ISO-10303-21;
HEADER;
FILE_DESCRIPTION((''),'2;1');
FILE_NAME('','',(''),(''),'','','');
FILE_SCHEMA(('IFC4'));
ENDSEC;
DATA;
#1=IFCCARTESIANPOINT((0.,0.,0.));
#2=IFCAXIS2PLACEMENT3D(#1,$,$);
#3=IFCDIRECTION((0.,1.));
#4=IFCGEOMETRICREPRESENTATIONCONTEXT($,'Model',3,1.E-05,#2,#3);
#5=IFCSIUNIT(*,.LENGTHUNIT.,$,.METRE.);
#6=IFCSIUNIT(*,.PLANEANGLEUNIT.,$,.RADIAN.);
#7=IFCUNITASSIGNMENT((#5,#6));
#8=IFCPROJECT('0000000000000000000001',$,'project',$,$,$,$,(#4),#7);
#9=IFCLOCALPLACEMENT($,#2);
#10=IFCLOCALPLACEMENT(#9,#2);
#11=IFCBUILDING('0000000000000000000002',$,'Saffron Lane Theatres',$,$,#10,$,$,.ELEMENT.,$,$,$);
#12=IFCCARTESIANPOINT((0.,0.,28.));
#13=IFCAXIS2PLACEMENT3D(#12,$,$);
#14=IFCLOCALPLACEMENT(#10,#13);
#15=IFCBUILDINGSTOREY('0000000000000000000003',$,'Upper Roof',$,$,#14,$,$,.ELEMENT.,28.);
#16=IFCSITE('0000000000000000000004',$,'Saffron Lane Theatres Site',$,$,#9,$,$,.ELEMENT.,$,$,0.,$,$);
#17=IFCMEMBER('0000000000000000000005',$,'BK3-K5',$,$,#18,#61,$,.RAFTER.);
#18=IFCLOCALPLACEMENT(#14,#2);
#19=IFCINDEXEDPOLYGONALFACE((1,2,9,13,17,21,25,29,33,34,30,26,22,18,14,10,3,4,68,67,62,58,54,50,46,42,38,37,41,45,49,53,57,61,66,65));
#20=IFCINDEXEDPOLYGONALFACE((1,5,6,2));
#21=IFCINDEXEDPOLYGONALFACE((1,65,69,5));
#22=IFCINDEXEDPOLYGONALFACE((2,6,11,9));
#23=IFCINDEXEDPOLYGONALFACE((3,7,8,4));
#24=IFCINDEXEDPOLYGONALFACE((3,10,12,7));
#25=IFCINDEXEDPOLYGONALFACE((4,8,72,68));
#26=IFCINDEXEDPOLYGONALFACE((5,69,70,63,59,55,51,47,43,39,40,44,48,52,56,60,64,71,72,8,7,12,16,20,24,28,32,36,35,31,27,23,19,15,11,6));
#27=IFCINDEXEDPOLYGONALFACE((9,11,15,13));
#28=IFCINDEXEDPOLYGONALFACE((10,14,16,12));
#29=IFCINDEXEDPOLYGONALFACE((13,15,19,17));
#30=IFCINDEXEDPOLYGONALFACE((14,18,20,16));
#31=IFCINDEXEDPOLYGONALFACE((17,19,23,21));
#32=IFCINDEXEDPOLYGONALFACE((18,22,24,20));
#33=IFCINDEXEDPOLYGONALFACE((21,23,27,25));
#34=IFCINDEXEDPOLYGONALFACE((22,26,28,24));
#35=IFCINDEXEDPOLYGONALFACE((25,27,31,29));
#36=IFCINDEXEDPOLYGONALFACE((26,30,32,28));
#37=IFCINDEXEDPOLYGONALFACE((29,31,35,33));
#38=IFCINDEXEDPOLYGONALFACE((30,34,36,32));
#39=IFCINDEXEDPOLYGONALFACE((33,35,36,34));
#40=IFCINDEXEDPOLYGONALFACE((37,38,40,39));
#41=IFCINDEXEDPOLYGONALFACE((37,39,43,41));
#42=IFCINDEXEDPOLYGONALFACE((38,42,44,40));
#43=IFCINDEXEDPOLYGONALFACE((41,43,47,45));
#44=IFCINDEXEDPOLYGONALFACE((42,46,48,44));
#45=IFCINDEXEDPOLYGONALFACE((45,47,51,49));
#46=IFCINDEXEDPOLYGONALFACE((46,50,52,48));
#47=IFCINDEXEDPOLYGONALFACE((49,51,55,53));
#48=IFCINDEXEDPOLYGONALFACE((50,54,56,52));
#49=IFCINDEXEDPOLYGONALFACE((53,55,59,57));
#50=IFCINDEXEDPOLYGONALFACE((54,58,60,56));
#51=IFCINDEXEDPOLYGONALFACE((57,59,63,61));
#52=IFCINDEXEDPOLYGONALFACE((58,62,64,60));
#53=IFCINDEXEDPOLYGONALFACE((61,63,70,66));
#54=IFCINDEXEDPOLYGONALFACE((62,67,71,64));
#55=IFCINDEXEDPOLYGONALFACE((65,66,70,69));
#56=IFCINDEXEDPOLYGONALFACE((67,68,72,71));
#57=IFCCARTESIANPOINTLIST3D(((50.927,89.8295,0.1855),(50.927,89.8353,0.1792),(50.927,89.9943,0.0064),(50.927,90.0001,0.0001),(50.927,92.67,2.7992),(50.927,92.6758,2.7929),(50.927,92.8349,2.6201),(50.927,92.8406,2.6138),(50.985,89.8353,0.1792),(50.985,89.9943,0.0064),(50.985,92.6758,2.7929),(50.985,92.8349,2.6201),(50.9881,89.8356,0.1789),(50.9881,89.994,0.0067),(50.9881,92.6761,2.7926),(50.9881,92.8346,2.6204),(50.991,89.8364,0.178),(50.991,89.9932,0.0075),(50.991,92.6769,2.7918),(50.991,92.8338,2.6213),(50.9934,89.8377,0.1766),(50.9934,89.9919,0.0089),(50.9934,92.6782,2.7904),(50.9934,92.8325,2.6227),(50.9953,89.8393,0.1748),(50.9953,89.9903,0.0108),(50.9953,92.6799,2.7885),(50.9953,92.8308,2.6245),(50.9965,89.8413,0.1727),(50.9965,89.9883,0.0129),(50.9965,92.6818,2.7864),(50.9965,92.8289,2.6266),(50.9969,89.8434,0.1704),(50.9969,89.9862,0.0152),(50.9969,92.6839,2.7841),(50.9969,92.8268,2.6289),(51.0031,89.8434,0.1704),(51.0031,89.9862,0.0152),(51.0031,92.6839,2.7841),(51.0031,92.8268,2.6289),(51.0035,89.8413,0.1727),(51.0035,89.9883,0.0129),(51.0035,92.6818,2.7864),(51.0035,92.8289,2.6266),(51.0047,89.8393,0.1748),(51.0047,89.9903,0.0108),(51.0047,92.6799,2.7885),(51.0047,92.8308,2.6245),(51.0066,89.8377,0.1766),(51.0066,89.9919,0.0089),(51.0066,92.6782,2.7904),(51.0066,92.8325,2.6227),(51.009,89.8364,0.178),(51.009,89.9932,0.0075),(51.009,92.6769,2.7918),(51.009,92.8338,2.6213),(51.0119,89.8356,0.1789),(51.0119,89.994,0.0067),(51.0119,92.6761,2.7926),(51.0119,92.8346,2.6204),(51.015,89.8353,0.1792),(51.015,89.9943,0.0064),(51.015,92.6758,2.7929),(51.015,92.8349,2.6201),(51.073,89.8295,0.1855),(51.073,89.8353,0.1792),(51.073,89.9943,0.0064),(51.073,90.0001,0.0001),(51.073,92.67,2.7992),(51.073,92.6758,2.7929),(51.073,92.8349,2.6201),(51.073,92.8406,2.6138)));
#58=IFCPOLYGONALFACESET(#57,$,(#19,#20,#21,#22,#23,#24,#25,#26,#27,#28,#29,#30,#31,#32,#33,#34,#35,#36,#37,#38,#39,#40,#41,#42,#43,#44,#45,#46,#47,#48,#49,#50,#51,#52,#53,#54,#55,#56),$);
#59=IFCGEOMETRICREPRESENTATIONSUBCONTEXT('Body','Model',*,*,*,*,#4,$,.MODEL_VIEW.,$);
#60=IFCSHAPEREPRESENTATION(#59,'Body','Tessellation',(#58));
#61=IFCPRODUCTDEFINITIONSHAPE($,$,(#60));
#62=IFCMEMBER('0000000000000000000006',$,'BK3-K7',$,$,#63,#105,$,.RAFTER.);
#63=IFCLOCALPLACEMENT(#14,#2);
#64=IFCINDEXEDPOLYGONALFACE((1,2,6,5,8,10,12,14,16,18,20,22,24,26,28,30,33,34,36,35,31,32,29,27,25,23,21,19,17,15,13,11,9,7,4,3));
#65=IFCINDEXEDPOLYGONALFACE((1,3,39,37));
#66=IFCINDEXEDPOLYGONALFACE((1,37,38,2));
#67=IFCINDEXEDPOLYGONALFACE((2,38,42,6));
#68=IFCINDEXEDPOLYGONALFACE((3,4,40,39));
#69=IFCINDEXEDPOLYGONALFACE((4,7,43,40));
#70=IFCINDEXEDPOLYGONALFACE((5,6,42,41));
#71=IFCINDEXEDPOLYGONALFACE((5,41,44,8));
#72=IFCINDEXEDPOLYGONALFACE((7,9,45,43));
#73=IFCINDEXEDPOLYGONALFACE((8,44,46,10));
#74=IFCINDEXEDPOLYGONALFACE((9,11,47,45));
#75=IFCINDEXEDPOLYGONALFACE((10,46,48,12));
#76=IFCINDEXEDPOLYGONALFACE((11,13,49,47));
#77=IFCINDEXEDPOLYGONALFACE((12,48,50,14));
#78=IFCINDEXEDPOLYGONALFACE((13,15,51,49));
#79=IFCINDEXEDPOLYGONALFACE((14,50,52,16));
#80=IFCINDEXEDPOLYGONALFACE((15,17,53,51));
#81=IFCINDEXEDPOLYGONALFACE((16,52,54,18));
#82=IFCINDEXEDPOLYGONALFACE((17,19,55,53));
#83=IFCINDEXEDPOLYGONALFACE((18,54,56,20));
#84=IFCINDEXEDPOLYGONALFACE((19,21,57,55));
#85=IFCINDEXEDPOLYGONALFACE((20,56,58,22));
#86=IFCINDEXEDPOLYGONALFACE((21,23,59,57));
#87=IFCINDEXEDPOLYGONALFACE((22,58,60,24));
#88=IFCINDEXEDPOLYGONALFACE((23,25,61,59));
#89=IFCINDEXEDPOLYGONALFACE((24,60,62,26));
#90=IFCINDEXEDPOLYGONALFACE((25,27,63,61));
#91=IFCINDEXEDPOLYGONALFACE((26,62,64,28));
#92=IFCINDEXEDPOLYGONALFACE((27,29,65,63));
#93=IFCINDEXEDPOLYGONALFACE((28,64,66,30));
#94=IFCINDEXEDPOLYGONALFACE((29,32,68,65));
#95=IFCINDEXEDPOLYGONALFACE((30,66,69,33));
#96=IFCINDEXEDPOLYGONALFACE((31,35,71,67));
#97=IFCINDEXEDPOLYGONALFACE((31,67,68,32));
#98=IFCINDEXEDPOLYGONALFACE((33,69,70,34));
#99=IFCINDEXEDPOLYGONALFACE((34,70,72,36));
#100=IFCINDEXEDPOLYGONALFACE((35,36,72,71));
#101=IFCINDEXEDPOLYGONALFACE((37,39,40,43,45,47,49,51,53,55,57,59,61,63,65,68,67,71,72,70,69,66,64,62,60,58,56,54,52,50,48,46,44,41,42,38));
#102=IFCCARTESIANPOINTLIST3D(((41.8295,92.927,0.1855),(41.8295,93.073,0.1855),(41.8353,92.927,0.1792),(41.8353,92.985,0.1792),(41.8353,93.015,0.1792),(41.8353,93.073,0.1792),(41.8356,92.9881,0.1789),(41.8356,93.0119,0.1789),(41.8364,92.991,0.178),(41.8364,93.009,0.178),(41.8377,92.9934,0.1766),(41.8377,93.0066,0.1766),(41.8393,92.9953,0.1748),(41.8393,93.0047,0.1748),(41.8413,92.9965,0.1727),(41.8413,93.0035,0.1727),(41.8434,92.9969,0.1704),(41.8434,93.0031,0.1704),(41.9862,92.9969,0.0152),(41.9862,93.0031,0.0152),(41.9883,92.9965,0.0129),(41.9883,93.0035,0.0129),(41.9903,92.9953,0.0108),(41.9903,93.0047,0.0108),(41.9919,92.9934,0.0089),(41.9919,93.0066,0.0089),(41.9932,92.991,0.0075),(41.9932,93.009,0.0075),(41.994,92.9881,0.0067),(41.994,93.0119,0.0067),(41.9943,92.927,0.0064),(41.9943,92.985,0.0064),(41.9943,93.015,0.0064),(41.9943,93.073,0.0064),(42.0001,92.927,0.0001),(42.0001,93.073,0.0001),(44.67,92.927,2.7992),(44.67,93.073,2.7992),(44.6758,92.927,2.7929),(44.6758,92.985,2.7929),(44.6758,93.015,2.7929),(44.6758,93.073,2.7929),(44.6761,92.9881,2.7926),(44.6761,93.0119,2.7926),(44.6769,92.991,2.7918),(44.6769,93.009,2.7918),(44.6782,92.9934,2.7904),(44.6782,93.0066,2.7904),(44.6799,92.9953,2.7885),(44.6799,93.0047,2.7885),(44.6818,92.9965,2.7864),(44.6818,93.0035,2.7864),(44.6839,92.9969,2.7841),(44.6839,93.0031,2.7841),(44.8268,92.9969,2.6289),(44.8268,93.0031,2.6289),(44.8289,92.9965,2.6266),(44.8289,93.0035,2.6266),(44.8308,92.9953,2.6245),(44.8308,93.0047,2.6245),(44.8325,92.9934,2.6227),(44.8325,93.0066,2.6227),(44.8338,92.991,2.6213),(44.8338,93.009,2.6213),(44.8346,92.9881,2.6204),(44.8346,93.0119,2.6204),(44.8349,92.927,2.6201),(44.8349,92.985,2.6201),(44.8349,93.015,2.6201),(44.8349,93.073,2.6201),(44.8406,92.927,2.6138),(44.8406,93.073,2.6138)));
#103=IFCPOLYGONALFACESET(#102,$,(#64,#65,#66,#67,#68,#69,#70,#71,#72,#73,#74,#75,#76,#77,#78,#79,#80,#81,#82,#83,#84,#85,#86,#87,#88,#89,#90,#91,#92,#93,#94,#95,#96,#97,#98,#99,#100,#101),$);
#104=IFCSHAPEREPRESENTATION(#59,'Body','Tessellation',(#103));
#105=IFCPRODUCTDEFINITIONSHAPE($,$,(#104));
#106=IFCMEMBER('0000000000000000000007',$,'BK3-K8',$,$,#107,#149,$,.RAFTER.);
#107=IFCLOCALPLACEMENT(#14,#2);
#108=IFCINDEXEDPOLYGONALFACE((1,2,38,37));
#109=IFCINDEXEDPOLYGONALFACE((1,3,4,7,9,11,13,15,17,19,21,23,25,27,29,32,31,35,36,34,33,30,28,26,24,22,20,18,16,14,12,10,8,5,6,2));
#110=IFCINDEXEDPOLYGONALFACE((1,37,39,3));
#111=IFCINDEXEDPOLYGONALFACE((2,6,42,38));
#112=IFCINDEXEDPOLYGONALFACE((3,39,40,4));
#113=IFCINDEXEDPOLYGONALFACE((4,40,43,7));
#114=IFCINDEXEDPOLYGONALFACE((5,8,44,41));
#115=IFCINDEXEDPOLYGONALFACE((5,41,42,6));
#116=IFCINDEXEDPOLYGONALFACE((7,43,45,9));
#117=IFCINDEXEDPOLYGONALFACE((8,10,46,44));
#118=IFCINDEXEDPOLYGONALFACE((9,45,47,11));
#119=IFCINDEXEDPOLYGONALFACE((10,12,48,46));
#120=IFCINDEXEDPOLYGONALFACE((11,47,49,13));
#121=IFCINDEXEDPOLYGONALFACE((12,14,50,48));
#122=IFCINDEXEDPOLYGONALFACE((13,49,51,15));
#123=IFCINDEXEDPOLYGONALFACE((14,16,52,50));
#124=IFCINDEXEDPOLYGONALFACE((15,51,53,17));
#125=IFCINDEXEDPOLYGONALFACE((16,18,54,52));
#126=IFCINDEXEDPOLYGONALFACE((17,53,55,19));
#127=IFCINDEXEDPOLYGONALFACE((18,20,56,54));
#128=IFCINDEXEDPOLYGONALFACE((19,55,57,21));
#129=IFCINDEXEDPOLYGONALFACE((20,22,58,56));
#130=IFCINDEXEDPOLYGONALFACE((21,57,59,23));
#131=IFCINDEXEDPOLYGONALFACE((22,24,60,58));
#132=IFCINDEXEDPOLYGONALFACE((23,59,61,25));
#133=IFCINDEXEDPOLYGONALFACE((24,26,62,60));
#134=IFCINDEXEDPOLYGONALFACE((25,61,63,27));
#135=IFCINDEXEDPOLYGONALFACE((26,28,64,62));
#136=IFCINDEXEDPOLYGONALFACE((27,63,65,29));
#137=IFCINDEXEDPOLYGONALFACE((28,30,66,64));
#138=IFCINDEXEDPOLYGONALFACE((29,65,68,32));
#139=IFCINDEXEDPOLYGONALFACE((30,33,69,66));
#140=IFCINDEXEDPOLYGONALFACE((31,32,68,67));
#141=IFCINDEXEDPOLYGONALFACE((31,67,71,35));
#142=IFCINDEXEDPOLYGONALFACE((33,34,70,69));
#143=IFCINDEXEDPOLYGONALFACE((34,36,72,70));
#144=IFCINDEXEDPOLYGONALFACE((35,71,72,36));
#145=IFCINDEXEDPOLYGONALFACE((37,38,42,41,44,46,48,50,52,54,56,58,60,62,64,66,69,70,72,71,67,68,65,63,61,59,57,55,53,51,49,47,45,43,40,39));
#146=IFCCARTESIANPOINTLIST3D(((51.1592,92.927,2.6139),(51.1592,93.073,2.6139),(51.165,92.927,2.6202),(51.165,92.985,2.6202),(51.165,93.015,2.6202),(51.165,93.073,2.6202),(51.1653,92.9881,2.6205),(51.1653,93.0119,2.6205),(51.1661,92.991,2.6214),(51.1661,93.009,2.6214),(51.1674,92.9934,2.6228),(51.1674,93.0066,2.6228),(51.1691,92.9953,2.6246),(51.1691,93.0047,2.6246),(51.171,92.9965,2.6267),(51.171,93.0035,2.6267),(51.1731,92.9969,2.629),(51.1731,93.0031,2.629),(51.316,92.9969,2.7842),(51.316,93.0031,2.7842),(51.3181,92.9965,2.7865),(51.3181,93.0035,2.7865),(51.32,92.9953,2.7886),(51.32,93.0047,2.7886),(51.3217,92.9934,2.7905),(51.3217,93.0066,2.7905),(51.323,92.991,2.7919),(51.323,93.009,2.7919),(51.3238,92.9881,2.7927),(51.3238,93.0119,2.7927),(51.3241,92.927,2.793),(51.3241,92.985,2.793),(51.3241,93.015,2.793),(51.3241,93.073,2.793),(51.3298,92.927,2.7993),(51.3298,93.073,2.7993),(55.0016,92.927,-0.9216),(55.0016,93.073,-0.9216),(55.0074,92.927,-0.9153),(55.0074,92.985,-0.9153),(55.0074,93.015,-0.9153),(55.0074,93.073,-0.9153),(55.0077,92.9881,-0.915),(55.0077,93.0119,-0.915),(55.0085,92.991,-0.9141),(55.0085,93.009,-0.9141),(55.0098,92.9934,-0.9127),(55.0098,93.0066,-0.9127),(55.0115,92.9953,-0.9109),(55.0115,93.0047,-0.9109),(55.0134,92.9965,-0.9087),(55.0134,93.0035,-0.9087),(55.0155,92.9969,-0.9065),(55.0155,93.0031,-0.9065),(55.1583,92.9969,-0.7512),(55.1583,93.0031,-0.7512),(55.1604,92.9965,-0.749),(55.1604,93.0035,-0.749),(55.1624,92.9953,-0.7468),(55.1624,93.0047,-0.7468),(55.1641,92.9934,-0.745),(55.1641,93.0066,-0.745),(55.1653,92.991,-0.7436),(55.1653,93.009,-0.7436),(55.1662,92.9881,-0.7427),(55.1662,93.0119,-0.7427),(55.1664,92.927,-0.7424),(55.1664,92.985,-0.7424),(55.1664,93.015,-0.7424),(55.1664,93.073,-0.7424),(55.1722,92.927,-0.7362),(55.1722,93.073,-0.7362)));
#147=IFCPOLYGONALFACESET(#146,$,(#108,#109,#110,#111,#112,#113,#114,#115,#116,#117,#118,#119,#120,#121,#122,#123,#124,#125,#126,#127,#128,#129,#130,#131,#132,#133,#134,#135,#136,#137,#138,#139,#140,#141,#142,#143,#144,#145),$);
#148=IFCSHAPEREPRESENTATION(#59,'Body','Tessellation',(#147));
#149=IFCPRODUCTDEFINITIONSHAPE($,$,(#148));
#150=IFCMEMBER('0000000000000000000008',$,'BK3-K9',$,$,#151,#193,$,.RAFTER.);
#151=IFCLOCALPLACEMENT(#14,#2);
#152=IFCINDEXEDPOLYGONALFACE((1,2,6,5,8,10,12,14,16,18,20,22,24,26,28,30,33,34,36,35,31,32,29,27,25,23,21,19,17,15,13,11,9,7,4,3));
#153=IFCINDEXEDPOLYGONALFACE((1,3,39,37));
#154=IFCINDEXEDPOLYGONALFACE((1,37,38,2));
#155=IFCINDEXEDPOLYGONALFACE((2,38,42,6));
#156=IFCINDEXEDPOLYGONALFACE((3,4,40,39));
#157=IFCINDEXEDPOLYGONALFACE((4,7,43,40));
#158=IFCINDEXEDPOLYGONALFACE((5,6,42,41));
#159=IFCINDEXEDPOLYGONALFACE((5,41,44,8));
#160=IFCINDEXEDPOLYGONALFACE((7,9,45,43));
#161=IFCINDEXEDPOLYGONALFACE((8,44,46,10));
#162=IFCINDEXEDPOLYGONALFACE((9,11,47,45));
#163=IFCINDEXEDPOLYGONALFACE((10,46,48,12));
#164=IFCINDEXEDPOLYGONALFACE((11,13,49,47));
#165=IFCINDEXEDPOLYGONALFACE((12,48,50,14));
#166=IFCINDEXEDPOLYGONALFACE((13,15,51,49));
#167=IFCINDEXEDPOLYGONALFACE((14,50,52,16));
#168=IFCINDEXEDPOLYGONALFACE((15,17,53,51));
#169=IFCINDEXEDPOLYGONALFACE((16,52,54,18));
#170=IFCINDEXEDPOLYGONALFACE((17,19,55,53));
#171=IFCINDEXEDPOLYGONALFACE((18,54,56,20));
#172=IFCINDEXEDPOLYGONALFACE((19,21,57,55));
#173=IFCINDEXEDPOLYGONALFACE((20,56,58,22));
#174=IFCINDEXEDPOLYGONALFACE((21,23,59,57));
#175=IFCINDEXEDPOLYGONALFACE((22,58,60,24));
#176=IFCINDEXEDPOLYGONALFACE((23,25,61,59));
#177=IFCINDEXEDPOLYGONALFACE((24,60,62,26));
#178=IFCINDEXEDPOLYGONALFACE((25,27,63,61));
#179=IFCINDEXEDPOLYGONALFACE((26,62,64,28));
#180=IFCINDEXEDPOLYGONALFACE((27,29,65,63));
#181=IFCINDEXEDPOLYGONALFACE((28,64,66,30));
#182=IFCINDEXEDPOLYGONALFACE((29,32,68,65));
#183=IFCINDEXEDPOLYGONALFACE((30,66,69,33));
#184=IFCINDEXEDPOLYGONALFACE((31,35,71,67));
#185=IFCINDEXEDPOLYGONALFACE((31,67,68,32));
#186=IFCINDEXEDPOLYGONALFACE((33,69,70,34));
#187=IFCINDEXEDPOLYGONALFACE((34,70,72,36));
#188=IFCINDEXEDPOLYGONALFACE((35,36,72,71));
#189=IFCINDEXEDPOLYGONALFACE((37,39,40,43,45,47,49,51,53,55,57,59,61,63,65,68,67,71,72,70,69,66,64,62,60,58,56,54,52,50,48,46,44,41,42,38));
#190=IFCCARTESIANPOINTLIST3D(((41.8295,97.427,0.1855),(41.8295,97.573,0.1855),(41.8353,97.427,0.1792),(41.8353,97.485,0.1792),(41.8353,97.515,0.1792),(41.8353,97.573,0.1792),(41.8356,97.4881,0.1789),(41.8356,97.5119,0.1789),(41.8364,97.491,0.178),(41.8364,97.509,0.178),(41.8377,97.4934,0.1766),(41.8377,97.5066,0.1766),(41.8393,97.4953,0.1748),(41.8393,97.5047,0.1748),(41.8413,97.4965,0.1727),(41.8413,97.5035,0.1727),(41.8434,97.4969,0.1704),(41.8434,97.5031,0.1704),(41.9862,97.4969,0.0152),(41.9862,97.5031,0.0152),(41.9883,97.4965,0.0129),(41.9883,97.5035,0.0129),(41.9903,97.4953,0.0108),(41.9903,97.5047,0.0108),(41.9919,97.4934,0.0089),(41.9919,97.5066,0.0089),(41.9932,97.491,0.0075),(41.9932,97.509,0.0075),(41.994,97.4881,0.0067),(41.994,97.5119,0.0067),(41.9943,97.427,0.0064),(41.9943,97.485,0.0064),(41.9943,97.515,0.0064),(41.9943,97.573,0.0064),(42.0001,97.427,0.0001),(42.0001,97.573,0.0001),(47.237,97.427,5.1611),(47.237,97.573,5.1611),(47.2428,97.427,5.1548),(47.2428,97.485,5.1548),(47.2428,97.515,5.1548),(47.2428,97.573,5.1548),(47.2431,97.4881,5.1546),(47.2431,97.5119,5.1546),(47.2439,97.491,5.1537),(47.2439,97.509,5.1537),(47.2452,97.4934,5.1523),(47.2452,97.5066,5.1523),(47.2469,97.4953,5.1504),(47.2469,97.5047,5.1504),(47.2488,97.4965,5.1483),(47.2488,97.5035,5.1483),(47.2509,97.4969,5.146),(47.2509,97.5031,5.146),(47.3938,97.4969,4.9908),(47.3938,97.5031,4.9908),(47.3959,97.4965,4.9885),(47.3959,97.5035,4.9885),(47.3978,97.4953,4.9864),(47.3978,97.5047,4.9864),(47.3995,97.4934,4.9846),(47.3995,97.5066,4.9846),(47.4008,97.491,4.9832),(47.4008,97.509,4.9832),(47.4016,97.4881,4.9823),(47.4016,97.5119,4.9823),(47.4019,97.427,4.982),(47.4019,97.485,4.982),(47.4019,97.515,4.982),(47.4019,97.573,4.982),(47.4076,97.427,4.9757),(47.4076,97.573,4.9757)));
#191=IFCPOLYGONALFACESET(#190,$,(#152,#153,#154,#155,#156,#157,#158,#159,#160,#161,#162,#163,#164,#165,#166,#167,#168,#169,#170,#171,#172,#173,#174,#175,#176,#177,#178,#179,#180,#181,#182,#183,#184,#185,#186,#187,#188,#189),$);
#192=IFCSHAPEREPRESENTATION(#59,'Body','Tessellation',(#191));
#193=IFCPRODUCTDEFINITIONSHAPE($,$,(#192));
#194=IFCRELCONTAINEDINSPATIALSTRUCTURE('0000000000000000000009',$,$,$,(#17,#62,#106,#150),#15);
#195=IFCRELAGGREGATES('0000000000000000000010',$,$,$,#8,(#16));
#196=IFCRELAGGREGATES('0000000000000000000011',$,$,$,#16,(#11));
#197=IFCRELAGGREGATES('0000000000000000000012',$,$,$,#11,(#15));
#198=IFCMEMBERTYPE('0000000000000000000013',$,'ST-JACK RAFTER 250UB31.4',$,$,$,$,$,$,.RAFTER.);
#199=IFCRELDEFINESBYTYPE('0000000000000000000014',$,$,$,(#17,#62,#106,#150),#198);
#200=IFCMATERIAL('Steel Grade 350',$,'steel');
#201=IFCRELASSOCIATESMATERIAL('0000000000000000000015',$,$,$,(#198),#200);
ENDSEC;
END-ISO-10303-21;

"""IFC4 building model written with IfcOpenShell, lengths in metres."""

from ifc_helpers import new_model, si_unit, direction, frame, origin, origin_2d, place, context, subcontext, project, spatial, i_section, extrude, material, material_profile, profile_set, type_object, element, save


model = new_model("IFC4")

# Units and contexts
model_context = context("Model", 3, precision=1e-05, world=origin(), true_north=direction((0.0, 1.0)))
body_context = subcontext(model_context, "Body", "Model", "MODEL_VIEW")
ifc_project = project(units=[si_unit("LENGTHUNIT", "METRE"), si_unit("PLANEANGLEUNIT", "RADIAN")], contexts=[model_context])

# Site, building, storey
site_placement = place(None, origin())
site = spatial("IfcSite", under=ifc_project, at=site_placement, Name="Saffron Lane Theatres Site", CompositionType="ELEMENT", RefElevation=0.0)
building_placement = place(site_placement, origin())
building = spatial("IfcBuilding", under=site, at=building_placement, Name="Saffron Lane Theatres", CompositionType="ELEMENT")
storey_placement = place(building_placement, frame((0.0, 0.0, 28.0)))
storey = spatial("IfcBuildingStorey", under=building, at=storey_placement, Name="Upper Roof", CompositionType="ELEMENT", Elevation=28.0)

# Members
ifc_material_1 = material(Name="Steel Grade 350", Category="steel")
ifc_material_profile_1 = material_profile(ifc_material_1, i_section(OverallWidth=0.146, OverallDepth=0.252, WebThickness=0.0061, FlangeThickness=0.0085, FilletRadius=0.012, at=origin_2d()))
ifc_profile_set_1 = profile_set([ifc_material_profile_1], Name="Steel Grade 350")
member_type_1 = type_object("IfcMemberType", Name="ST-JACK RAFTER 250UB31.4", PredefinedType="RAFTER", material=ifc_profile_set_1)
for number, where, z_axis, x_axis, name in (
    (1, (51.0, 89.9148, 0.0928), (0.0, 0.735874, 0.677118), (-1.0, 0.0, 0.0), "BK3-K5"),
    (2, (41.9148, 93.0, 0.0928), (0.735874, 0.0, 0.677118), (0.0, 1.0, 0.0), "BK3-K7"),
):
    element("IfcMember", number, at=place(storey_placement, frame(where, z_axis=z_axis, x_axis=x_axis)), inside=storey, type_object=member_type_1, Name=name, PredefinedType="RAFTER", context=body_context, shape_type="SweptSolid", body=[
        extrude(i_section(OverallWidth=0.146, OverallDepth=0.252, WebThickness=0.0061, FlangeThickness=0.0085, FilletRadius=0.012, at=origin_2d()), origin(), (0.0, 0.0, 1.0), 3.8601),
    ])
member_1_placement = place(storey_placement, frame((55.0869, 93.0, -0.8289), z_axis=(-0.735883, 0.0, 0.677108), x_axis=(0.0, -1.0, 0.0)))
element("IfcMember", 3, at=member_1_placement, inside=storey, type_object=member_type_1, Name="BK3-K8", PredefinedType="RAFTER", context=body_context, shape_type="SweptSolid", body=[
    extrude(i_section(OverallWidth=0.146, OverallDepth=0.252, WebThickness=0.0061, FlangeThickness=0.0085, FilletRadius=0.012, at=origin_2d()), origin(), (0.0, 0.0, 1.0), 5.2214),
])
member_2_placement = place(storey_placement, frame((41.9148, 97.5, 0.0928), z_axis=(0.735883, 0.0, 0.677109), x_axis=(0.0, 1.0, 0.0)))
element("IfcMember", 4, at=member_2_placement, inside=storey, type_object=member_type_1, Name="BK3-K9", PredefinedType="RAFTER", context=body_context, shape_type="SweptSolid", body=[
    extrude(i_section(OverallWidth=0.146, OverallDepth=0.252, WebThickness=0.0061, FlangeThickness=0.0085, FilletRadius=0.012, at=origin_2d()), origin(), (0.0, 0.0, 1.0), 7.3484),
])

save(model, "model.ifc")
